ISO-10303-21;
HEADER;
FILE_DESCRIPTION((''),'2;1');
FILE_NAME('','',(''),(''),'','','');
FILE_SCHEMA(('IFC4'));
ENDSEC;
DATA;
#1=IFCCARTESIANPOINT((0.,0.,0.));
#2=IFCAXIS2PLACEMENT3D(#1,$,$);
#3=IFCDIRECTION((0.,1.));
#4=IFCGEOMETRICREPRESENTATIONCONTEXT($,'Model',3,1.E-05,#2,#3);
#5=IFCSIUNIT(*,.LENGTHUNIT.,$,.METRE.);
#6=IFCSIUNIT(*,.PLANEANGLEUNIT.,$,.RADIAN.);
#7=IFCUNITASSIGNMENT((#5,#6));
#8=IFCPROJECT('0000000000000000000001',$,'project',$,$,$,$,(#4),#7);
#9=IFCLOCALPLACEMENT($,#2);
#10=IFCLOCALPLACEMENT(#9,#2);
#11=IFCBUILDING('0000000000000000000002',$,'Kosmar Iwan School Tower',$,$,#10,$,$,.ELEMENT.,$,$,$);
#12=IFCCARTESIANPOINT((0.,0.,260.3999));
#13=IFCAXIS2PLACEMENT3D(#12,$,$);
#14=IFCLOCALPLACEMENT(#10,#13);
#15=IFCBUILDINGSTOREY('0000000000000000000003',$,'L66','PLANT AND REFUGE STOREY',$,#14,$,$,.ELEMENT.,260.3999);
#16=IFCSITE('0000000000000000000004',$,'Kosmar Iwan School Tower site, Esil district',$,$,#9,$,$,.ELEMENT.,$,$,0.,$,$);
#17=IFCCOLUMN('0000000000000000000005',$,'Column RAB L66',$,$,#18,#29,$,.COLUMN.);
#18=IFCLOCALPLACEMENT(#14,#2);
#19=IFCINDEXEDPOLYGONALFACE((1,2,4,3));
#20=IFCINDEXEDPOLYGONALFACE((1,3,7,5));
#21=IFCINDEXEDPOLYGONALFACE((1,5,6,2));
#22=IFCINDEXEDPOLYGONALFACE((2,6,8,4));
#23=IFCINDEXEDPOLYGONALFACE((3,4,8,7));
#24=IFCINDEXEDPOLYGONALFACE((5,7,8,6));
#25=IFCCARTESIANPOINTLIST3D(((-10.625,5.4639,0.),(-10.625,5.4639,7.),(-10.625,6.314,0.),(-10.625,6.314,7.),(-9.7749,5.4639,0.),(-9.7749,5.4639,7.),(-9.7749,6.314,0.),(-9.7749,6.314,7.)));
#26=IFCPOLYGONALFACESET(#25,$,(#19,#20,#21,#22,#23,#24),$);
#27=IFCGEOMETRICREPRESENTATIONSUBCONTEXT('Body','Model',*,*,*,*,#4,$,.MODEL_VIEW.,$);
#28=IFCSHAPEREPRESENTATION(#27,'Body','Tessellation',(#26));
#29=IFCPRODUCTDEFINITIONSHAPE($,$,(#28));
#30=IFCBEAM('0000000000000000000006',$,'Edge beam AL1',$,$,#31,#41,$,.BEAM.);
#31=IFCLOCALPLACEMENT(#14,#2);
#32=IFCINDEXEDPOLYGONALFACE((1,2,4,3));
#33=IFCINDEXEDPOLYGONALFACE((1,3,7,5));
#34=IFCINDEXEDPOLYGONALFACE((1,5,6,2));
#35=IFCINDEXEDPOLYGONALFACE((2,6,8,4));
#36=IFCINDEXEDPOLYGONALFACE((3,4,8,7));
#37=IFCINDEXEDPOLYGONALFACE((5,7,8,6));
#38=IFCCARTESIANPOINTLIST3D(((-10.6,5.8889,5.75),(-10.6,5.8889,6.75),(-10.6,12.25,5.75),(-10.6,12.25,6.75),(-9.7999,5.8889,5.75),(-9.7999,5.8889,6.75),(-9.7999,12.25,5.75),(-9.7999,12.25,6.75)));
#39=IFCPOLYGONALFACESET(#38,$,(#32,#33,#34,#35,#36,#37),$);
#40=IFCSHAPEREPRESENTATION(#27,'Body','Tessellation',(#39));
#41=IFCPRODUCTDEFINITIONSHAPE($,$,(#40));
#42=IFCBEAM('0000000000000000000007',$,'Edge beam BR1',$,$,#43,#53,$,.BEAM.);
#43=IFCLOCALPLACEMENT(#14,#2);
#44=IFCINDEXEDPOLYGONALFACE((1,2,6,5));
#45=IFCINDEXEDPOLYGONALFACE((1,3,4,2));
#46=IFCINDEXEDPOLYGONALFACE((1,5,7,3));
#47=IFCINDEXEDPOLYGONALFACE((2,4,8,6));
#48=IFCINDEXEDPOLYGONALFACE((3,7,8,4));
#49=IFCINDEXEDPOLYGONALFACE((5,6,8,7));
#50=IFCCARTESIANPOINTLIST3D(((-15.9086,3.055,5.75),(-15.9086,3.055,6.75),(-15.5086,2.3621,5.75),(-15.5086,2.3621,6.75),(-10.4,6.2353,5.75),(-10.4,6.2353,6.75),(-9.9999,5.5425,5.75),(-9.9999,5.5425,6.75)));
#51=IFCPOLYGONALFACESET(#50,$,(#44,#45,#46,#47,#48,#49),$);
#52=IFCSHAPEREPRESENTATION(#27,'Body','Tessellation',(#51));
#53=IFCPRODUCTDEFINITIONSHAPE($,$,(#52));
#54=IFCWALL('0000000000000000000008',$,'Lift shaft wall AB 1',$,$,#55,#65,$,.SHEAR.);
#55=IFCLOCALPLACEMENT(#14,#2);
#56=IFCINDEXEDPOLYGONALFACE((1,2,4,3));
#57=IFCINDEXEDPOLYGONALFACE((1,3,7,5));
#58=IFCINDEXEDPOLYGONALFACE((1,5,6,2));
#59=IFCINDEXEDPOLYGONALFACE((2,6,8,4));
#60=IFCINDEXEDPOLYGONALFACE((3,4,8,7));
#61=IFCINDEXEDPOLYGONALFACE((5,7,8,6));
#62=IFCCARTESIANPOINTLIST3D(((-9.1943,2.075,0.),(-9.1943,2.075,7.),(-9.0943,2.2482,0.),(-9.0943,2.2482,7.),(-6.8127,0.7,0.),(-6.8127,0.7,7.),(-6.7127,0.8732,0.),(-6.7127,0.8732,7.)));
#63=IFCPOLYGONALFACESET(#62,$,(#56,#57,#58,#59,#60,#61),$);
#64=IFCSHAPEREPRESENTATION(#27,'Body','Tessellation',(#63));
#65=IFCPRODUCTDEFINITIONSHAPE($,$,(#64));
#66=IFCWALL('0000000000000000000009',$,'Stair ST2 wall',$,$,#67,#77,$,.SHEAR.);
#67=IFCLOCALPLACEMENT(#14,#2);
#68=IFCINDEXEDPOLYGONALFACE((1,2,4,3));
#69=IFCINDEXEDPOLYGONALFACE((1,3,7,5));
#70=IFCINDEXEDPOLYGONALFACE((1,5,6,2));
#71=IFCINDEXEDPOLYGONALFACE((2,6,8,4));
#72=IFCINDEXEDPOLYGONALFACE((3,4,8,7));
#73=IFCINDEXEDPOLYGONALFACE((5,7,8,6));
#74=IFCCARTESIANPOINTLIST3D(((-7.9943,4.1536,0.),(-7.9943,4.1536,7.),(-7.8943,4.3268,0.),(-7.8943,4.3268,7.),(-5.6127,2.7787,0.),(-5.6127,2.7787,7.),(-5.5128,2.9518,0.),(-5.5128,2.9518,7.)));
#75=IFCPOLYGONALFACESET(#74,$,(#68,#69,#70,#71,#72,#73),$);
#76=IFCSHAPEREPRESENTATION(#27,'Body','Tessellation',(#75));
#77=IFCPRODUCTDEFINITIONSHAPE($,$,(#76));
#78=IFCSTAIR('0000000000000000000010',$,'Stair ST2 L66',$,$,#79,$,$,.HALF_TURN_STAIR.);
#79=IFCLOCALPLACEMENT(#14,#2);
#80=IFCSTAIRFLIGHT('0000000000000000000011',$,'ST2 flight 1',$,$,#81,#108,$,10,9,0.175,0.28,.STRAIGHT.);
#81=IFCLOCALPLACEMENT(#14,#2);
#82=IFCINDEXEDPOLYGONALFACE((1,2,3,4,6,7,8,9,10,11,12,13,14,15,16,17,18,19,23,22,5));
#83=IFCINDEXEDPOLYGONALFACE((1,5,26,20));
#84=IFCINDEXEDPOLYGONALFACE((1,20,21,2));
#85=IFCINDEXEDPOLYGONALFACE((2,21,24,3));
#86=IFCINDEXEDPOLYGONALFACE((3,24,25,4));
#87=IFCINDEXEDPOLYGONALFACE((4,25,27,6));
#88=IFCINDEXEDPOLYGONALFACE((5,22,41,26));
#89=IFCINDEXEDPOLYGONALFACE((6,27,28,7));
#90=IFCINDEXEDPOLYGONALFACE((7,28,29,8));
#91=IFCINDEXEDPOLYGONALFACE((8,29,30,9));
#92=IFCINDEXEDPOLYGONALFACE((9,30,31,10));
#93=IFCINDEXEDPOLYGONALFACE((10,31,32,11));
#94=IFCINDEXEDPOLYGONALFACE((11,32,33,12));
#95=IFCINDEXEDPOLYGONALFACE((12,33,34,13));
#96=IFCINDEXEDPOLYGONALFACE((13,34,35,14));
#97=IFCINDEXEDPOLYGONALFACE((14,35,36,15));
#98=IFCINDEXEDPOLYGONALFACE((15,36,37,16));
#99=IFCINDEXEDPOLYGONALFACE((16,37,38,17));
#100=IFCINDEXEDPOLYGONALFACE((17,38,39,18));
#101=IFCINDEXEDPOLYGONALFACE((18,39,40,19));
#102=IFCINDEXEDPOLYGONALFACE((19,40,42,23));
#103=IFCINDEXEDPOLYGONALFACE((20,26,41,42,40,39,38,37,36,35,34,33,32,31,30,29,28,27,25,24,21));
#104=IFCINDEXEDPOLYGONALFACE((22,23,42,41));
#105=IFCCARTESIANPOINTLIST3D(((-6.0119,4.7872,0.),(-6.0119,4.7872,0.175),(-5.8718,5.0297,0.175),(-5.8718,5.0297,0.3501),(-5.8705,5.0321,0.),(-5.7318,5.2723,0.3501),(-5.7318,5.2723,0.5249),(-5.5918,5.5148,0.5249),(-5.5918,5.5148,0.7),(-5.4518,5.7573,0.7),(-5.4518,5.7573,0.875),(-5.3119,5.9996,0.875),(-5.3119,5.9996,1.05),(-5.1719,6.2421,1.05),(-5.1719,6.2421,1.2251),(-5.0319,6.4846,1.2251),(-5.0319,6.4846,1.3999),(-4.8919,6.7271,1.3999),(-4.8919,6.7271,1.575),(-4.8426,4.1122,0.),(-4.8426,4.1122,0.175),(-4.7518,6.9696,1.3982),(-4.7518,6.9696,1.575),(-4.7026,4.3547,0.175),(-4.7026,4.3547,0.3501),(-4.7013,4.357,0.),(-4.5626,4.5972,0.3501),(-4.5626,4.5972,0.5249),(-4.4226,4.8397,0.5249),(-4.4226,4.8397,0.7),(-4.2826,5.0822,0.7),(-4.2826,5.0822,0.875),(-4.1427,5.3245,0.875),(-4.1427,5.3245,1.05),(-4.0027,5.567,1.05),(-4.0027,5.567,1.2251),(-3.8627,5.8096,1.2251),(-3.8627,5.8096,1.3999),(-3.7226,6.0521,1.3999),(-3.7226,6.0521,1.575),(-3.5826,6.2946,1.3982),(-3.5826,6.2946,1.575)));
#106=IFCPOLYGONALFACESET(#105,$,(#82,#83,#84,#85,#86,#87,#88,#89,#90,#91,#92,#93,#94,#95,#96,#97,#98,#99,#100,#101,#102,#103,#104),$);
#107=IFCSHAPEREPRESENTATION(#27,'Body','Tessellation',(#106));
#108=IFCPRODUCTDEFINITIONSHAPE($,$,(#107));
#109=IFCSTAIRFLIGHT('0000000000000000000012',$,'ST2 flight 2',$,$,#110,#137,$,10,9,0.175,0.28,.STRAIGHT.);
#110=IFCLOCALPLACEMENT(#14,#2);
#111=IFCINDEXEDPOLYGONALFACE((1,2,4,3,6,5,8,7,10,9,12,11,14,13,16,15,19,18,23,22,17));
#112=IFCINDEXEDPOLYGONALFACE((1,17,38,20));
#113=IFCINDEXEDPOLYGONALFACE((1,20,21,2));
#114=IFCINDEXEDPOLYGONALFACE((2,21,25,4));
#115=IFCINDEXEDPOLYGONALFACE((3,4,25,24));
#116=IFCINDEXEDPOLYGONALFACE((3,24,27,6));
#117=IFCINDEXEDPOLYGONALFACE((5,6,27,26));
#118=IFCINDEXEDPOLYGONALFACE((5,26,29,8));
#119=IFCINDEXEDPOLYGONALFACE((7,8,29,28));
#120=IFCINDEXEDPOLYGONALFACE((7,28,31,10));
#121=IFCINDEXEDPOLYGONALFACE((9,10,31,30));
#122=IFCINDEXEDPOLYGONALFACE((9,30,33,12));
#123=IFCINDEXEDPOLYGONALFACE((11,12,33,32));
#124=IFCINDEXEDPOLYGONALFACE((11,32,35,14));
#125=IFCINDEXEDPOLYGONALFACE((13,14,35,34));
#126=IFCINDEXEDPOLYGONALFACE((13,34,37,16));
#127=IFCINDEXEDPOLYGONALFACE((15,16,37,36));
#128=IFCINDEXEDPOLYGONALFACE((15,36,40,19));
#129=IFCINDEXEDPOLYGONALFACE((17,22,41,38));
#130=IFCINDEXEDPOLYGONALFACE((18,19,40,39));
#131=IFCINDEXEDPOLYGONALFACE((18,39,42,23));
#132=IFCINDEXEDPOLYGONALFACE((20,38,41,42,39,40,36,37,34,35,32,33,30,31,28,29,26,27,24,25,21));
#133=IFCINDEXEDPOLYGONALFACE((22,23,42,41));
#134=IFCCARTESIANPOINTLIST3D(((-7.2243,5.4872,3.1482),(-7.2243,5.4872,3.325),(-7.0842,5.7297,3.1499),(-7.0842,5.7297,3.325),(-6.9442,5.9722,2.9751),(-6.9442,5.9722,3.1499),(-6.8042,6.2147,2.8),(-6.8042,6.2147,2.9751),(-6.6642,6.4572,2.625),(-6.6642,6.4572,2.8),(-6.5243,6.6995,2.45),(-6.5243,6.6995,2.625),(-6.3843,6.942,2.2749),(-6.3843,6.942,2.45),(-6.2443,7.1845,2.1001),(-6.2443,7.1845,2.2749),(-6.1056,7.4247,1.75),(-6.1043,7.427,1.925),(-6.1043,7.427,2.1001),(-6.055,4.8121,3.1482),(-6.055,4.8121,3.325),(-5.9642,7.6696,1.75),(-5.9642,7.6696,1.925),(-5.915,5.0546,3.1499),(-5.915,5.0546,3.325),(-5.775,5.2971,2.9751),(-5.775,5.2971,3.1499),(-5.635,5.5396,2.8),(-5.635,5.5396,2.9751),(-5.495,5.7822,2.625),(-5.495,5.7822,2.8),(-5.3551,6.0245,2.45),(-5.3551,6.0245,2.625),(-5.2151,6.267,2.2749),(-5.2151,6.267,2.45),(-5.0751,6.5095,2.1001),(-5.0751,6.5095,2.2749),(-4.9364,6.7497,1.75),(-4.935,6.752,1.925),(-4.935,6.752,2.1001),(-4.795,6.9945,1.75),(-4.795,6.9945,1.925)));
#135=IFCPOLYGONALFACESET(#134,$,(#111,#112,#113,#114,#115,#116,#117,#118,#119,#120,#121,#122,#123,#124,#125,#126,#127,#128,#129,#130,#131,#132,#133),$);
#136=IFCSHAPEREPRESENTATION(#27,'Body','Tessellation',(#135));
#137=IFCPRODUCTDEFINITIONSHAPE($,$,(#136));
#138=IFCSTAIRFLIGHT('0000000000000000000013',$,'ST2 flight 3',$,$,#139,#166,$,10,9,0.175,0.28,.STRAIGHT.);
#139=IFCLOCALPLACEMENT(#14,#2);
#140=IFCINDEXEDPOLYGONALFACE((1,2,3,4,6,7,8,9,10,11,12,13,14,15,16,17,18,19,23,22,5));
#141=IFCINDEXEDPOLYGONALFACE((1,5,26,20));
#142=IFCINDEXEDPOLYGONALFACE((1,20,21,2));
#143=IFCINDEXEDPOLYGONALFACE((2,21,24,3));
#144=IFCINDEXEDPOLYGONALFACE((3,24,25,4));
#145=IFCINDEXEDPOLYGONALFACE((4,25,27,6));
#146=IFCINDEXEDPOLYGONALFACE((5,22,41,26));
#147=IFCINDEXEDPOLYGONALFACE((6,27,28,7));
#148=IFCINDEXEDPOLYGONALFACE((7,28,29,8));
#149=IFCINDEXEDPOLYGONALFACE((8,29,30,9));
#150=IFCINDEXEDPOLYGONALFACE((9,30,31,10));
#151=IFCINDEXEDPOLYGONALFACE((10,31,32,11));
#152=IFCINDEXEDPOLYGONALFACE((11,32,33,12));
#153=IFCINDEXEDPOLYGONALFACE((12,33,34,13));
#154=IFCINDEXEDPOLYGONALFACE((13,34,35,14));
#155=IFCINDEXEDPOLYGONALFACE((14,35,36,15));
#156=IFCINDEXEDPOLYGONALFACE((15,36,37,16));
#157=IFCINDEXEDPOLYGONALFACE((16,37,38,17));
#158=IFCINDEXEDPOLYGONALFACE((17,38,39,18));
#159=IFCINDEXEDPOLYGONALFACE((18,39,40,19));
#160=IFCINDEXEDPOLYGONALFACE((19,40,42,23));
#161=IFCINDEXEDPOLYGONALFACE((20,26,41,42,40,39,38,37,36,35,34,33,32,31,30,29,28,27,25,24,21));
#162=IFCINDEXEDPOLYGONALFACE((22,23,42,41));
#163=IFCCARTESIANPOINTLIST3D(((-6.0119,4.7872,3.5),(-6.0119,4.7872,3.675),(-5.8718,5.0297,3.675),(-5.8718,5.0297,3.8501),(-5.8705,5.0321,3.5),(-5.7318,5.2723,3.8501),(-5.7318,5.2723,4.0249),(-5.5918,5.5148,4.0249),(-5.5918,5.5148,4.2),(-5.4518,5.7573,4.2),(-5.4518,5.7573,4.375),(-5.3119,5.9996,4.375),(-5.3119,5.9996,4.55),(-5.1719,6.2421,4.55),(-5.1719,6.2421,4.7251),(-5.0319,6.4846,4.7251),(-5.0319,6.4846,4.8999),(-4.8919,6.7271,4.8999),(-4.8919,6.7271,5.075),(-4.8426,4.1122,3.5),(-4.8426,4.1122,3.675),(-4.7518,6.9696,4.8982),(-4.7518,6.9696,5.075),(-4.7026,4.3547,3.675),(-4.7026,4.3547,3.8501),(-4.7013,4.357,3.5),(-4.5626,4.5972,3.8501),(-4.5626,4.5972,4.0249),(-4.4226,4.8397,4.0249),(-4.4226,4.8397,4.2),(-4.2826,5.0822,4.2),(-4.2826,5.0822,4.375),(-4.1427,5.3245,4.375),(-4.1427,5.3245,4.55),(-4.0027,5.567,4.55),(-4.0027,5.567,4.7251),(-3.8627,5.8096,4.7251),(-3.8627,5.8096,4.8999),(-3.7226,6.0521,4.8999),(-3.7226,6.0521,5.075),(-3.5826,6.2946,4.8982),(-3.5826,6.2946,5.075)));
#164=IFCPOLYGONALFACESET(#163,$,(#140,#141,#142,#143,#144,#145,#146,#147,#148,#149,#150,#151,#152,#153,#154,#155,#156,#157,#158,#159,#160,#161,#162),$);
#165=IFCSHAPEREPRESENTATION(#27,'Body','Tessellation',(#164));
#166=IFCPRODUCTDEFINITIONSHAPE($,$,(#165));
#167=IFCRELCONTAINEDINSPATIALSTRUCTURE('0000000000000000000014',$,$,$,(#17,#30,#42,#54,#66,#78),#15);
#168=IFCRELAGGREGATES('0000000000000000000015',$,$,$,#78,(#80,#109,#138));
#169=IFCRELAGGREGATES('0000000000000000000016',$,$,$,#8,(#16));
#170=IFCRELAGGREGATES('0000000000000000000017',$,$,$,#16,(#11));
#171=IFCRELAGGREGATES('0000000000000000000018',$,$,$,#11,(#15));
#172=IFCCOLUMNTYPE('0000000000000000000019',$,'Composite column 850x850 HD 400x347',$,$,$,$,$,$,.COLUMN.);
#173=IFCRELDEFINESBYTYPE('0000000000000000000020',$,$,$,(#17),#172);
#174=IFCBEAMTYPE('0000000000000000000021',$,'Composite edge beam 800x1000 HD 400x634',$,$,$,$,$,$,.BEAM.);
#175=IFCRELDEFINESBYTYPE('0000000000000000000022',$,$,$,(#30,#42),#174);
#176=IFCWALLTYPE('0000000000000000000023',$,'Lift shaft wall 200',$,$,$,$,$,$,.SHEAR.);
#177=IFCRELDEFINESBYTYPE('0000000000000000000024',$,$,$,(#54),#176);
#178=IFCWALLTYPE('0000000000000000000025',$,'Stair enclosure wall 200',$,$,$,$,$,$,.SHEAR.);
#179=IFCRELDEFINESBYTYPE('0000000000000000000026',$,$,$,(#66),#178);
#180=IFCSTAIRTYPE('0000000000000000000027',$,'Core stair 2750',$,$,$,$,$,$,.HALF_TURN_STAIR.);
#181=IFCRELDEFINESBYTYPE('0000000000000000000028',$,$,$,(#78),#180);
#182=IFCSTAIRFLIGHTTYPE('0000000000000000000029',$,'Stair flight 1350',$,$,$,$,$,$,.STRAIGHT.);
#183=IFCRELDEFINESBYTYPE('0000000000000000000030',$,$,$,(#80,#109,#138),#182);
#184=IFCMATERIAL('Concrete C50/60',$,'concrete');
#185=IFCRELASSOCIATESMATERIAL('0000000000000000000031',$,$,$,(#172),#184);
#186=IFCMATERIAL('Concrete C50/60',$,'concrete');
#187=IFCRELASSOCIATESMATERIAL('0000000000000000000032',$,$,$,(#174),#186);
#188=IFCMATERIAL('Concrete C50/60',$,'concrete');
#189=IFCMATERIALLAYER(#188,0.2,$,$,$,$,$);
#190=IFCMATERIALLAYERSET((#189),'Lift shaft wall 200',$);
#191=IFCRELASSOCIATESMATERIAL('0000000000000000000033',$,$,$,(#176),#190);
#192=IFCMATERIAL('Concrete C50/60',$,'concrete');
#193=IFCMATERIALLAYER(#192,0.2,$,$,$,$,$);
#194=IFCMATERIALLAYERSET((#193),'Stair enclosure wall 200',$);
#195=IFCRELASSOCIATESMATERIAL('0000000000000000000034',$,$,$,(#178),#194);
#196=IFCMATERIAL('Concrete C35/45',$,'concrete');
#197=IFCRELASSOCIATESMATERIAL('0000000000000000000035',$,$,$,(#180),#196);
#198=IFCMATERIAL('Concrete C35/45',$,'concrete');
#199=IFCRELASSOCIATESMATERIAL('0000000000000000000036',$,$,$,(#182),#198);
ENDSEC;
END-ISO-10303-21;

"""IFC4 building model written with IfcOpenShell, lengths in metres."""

from ifc_helpers import new_model, si_unit, direction, frame, frame_2d, origin, origin_2d, place, context, subcontext, project, spatial, polyline, rectangle, outline, extrude, material, layer, layer_set, material_profile, profile_set, type_object, element, aggregate, save


model = new_model("IFC4")

# Units and contexts
model_context = context("Model", 3, precision=1e-05, world=origin(), true_north=direction((0.0, 1.0)))
body_context = subcontext(model_context, "Body", "Model", "MODEL_VIEW")
ifc_project = project(units=[si_unit("LENGTHUNIT", "METRE"), si_unit("PLANEANGLEUNIT", "RADIAN")], contexts=[model_context])

# Site, building, storey
site_placement = place(None, origin())
site = spatial("IfcSite", under=ifc_project, at=site_placement, Name="Kosmar Iwan School Tower site, Esil district", CompositionType="ELEMENT", RefElevation=0.0)
building_placement = place(site_placement, origin())
building = spatial("IfcBuilding", under=site, at=building_placement, Name="Kosmar Iwan School Tower", CompositionType="ELEMENT")
storey_placement = place(building_placement, frame((0.0, 0.0, 260.3999)))
storey = spatial("IfcBuildingStorey", under=building, at=storey_placement, Name="L66", Description="PLANT AND REFUGE STOREY", CompositionType="ELEMENT", Elevation=260.3999)

# Column
ifc_material_1 = material(Name="Concrete C50/60", Category="concrete")
ifc_material_profile_1 = material_profile(ifc_material_1, rectangle(XDim=0.8501, YDim=0.8501, at=origin_2d()), Name="RC 850x850 + HD 400x347")
ifc_profile_set_1 = profile_set([ifc_material_profile_1], Name="Concrete C50/60")
column_type = type_object("IfcColumnType", Name="Composite column 850x850 HD 400x347", PredefinedType="COLUMN", material=ifc_profile_set_1)
column_placement = place(storey_placement, frame((-10.2, 5.8889, 0.0), z_axis=(0.0, 0.0, 1.0), x_axis=(1.0, 0.0, 0.0)))
element("IfcColumn", 1, at=column_placement, inside=storey, type_object=column_type, Name="Column RAB L66", PredefinedType="COLUMN", context=body_context, shape_type="SweptSolid", body=[
    extrude(rectangle(XDim=0.8501, YDim=0.8501, at=origin_2d()), origin(), (0.0, 0.0, 1.0), 7.0),
])

# Beams
ifc_material_2 = material(Name="Concrete C50/60", Category="concrete")
ifc_material_profile_2 = material_profile(ifc_material_2, rectangle(XDim=0.8, YDim=1.0, at=origin_2d()), Name="RC 800x1000 + HD 400x634")
ifc_profile_set_2 = profile_set([ifc_material_profile_2], Name="Concrete C50/60")
beam_type = type_object("IfcBeamType", Name="Composite edge beam 800x1000 HD 400x634", PredefinedType="BEAM", material=ifc_profile_set_2)
beam_1_placement = place(storey_placement, frame((-10.2, 5.8889, 6.25), z_axis=(0.0, 1.0, 0.0), x_axis=(-1.0, 0.0, 0.0)))
element("IfcBeam", 2, at=beam_1_placement, inside=storey, type_object=beam_type, Name="Edge beam AL1", PredefinedType="BEAM", context=body_context, shape_type="SweptSolid", body=[
    extrude(rectangle(XDim=0.8, YDim=1.0, at=origin_2d()), origin(), (0.0, 0.0, 1.0), 6.3611),
])
beam_2_placement = place(storey_placement, frame((-10.2, 5.8889, 6.25), z_axis=(-0.866031, -0.49999, 0.0), x_axis=(0.49999, -0.866031, 0.0)))
element("IfcBeam", 3, at=beam_2_placement, inside=storey, type_object=beam_type, Name="Edge beam BR1", PredefinedType="BEAM", context=body_context, shape_type="SweptSolid", body=[
    extrude(rectangle(XDim=0.8, YDim=1.0, at=origin_2d()), origin(), (0.0, 0.0, 1.0), 6.3608),
])

# Walls
ifc_material_3 = material(Name="Concrete C50/60", Category="concrete")
ifc_layer_1 = layer(ifc_material_3, 0.2)
ifc_layer_set_1 = layer_set([ifc_layer_1], Name="Lift shaft wall 200")
wall_type_1 = type_object("IfcWallType", Name="Lift shaft wall 200", PredefinedType="SHEAR", material=ifc_layer_set_1)
wall_1_placement = place(storey_placement, frame((-6.7627, 0.7866, 0.0), z_axis=(0.0, 0.0, 1.0), x_axis=(-0.866027, 0.499997, 0.0)))
element("IfcWall", 4, at=wall_1_placement, inside=storey, type_object=wall_type_1, Name="Lift shaft wall AB 1", PredefinedType="SHEAR", context=body_context, shape_type="SweptSolid", body=[
    extrude(rectangle(XDim=2.75, YDim=0.2, at=frame_2d((1.375, 0.0))), origin(), (0.0, 0.0, 1.0), 7.0),
])
ifc_material_4 = material(Name="Concrete C50/60", Category="concrete")
ifc_layer_2 = layer(ifc_material_4, 0.2)
ifc_layer_set_2 = layer_set([ifc_layer_2], Name="Stair enclosure wall 200")
wall_type_2 = type_object("IfcWallType", Name="Stair enclosure wall 200", PredefinedType="SHEAR", material=ifc_layer_set_2)
wall_2_placement = place(storey_placement, frame((-5.5627, 2.8652, 0.0), z_axis=(0.0, 0.0, 1.0), x_axis=(-0.866027, 0.499997, 0.0)))
element("IfcWall", 5, at=wall_2_placement, inside=storey, type_object=wall_type_2, Name="Stair ST2 wall", PredefinedType="SHEAR", context=body_context, shape_type="SweptSolid", body=[
    extrude(rectangle(XDim=2.75, YDim=0.2, at=frame_2d((1.375, 0.0))), origin(), (0.0, 0.0, 1.0), 7.0),
])

# Stair, stair flights
ifc_material_5 = material(Name="Concrete C35/45", Category="concrete")
stair_type = type_object("IfcStairType", Name="Core stair 2750", PredefinedType="HALF_TURN_STAIR", material=ifc_material_5)
stair_placement = place(storey_placement, origin())
stair = element("IfcStair", 6, at=stair_placement, inside=storey, type_object=stair_type, Name="Stair ST2 L66", PredefinedType="HALF_TURN_STAIR")
ifc_material_6 = material(Name="Concrete C35/45", Category="concrete")
stair_flight_type = type_object("IfcStairFlightType", Name="Stair flight 1350", PredefinedType="STRAIGHT", material=ifc_material_6)
stair_flight_1_placement = place(storey_placement, frame((-5.4272, 4.4497, 0.0), z_axis=(0.0, 0.0, 1.0), x_axis=(0.5, 0.866025, 0.0)))
stair_flight_1 = element("IfcStairFlight", 7, at=stair_flight_1_placement, type_object=stair_flight_type, Name="ST2 flight 1", NumberOfRisers=10, NumberOfTreads=9, PredefinedType="STRAIGHT", RiserHeight=0.175, TreadLength=0.28, context=body_context, shape_type="SweptSolid", body=[
    extrude(outline(polyline([(0.0, 0.0), (0.0, 0.175), (0.28, 0.175), (0.28, 0.3501), (0.5601, 0.3501), (0.5601, 0.5249), (0.8401, 0.5249), (0.8401, 0.7), (1.1201, 0.7), (1.1201, 0.875), (1.3999, 0.875), (1.3999, 1.05), (1.6799, 1.05), (1.6799, 1.2251), (1.96, 1.2251), (1.96, 1.3999), (2.24, 1.3999), (2.24, 1.575), (2.52, 1.575), (2.52, 1.75), (2.52, 1.3982), (0.2827, 0.0), (0.0, 0.0)])), frame((0.0, 0.675, 0.0), z_axis=(0.0, -1.0, 0.0), x_axis=(1.0, 0.0, 0.0)), (0.0, 0.0, 1.0), 1.3501),
])
stair_flight_2_placement = place(storey_placement, frame((-5.3796, 7.332, 1.75), z_axis=(0.0, 0.0, 1.0), x_axis=(-0.5, -0.866025, 0.0)))
stair_flight_2 = element("IfcStairFlight", 8, at=stair_flight_2_placement, type_object=stair_flight_type, Name="ST2 flight 2", NumberOfRisers=10, NumberOfTreads=9, PredefinedType="STRAIGHT", RiserHeight=0.175, TreadLength=0.28, context=body_context, shape_type="SweptSolid", body=[
    extrude(outline(polyline([(0.0, 0.0), (0.0, 0.175), (0.28, 0.175), (0.28, 0.3501), (0.5601, 0.3501), (0.5601, 0.5249), (0.8401, 0.5249), (0.8401, 0.7), (1.1201, 0.7), (1.1201, 0.875), (1.3999, 0.875), (1.3999, 1.05), (1.6799, 1.05), (1.6799, 1.2251), (1.96, 1.2251), (1.96, 1.3999), (2.24, 1.3999), (2.24, 1.575), (2.52, 1.575), (2.52, 1.75), (2.52, 1.3982), (0.2827, 0.0), (0.0, 0.0)])), frame((0.0, 0.675, 0.0), z_axis=(0.0, -1.0, 0.0), x_axis=(1.0, 0.0, 0.0)), (0.0, 0.0, 1.0), 1.3501),
])
stair_flight_3_placement = place(storey_placement, frame((-5.4272, 4.4497, 3.5), z_axis=(0.0, 0.0, 1.0), x_axis=(0.5, 0.866025, 0.0)))
stair_flight_3 = element("IfcStairFlight", 9, at=stair_flight_3_placement, type_object=stair_flight_type, Name="ST2 flight 3", NumberOfRisers=10, NumberOfTreads=9, PredefinedType="STRAIGHT", RiserHeight=0.175, TreadLength=0.28, context=body_context, shape_type="SweptSolid", body=[
    extrude(outline(polyline([(0.0, 0.0), (0.0, 0.175), (0.28, 0.175), (0.28, 0.3501), (0.5601, 0.3501), (0.5601, 0.5249), (0.8401, 0.5249), (0.8401, 0.7), (1.1201, 0.7), (1.1201, 0.875), (1.3999, 0.875), (1.3999, 1.05), (1.6799, 1.05), (1.6799, 1.2251), (1.96, 1.2251), (1.96, 1.3999), (2.24, 1.3999), (2.24, 1.575), (2.52, 1.575), (2.52, 1.75), (2.52, 1.3982), (0.2827, 0.0), (0.0, 0.0)])), frame((0.0, 0.675, 0.0), z_axis=(0.0, -1.0, 0.0), x_axis=(1.0, 0.0, 0.0)), (0.0, 0.0, 1.0), 1.3501),
])
aggregate(stair, [stair_flight_1, stair_flight_2, stair_flight_3])

save(model, "model.ifc")
